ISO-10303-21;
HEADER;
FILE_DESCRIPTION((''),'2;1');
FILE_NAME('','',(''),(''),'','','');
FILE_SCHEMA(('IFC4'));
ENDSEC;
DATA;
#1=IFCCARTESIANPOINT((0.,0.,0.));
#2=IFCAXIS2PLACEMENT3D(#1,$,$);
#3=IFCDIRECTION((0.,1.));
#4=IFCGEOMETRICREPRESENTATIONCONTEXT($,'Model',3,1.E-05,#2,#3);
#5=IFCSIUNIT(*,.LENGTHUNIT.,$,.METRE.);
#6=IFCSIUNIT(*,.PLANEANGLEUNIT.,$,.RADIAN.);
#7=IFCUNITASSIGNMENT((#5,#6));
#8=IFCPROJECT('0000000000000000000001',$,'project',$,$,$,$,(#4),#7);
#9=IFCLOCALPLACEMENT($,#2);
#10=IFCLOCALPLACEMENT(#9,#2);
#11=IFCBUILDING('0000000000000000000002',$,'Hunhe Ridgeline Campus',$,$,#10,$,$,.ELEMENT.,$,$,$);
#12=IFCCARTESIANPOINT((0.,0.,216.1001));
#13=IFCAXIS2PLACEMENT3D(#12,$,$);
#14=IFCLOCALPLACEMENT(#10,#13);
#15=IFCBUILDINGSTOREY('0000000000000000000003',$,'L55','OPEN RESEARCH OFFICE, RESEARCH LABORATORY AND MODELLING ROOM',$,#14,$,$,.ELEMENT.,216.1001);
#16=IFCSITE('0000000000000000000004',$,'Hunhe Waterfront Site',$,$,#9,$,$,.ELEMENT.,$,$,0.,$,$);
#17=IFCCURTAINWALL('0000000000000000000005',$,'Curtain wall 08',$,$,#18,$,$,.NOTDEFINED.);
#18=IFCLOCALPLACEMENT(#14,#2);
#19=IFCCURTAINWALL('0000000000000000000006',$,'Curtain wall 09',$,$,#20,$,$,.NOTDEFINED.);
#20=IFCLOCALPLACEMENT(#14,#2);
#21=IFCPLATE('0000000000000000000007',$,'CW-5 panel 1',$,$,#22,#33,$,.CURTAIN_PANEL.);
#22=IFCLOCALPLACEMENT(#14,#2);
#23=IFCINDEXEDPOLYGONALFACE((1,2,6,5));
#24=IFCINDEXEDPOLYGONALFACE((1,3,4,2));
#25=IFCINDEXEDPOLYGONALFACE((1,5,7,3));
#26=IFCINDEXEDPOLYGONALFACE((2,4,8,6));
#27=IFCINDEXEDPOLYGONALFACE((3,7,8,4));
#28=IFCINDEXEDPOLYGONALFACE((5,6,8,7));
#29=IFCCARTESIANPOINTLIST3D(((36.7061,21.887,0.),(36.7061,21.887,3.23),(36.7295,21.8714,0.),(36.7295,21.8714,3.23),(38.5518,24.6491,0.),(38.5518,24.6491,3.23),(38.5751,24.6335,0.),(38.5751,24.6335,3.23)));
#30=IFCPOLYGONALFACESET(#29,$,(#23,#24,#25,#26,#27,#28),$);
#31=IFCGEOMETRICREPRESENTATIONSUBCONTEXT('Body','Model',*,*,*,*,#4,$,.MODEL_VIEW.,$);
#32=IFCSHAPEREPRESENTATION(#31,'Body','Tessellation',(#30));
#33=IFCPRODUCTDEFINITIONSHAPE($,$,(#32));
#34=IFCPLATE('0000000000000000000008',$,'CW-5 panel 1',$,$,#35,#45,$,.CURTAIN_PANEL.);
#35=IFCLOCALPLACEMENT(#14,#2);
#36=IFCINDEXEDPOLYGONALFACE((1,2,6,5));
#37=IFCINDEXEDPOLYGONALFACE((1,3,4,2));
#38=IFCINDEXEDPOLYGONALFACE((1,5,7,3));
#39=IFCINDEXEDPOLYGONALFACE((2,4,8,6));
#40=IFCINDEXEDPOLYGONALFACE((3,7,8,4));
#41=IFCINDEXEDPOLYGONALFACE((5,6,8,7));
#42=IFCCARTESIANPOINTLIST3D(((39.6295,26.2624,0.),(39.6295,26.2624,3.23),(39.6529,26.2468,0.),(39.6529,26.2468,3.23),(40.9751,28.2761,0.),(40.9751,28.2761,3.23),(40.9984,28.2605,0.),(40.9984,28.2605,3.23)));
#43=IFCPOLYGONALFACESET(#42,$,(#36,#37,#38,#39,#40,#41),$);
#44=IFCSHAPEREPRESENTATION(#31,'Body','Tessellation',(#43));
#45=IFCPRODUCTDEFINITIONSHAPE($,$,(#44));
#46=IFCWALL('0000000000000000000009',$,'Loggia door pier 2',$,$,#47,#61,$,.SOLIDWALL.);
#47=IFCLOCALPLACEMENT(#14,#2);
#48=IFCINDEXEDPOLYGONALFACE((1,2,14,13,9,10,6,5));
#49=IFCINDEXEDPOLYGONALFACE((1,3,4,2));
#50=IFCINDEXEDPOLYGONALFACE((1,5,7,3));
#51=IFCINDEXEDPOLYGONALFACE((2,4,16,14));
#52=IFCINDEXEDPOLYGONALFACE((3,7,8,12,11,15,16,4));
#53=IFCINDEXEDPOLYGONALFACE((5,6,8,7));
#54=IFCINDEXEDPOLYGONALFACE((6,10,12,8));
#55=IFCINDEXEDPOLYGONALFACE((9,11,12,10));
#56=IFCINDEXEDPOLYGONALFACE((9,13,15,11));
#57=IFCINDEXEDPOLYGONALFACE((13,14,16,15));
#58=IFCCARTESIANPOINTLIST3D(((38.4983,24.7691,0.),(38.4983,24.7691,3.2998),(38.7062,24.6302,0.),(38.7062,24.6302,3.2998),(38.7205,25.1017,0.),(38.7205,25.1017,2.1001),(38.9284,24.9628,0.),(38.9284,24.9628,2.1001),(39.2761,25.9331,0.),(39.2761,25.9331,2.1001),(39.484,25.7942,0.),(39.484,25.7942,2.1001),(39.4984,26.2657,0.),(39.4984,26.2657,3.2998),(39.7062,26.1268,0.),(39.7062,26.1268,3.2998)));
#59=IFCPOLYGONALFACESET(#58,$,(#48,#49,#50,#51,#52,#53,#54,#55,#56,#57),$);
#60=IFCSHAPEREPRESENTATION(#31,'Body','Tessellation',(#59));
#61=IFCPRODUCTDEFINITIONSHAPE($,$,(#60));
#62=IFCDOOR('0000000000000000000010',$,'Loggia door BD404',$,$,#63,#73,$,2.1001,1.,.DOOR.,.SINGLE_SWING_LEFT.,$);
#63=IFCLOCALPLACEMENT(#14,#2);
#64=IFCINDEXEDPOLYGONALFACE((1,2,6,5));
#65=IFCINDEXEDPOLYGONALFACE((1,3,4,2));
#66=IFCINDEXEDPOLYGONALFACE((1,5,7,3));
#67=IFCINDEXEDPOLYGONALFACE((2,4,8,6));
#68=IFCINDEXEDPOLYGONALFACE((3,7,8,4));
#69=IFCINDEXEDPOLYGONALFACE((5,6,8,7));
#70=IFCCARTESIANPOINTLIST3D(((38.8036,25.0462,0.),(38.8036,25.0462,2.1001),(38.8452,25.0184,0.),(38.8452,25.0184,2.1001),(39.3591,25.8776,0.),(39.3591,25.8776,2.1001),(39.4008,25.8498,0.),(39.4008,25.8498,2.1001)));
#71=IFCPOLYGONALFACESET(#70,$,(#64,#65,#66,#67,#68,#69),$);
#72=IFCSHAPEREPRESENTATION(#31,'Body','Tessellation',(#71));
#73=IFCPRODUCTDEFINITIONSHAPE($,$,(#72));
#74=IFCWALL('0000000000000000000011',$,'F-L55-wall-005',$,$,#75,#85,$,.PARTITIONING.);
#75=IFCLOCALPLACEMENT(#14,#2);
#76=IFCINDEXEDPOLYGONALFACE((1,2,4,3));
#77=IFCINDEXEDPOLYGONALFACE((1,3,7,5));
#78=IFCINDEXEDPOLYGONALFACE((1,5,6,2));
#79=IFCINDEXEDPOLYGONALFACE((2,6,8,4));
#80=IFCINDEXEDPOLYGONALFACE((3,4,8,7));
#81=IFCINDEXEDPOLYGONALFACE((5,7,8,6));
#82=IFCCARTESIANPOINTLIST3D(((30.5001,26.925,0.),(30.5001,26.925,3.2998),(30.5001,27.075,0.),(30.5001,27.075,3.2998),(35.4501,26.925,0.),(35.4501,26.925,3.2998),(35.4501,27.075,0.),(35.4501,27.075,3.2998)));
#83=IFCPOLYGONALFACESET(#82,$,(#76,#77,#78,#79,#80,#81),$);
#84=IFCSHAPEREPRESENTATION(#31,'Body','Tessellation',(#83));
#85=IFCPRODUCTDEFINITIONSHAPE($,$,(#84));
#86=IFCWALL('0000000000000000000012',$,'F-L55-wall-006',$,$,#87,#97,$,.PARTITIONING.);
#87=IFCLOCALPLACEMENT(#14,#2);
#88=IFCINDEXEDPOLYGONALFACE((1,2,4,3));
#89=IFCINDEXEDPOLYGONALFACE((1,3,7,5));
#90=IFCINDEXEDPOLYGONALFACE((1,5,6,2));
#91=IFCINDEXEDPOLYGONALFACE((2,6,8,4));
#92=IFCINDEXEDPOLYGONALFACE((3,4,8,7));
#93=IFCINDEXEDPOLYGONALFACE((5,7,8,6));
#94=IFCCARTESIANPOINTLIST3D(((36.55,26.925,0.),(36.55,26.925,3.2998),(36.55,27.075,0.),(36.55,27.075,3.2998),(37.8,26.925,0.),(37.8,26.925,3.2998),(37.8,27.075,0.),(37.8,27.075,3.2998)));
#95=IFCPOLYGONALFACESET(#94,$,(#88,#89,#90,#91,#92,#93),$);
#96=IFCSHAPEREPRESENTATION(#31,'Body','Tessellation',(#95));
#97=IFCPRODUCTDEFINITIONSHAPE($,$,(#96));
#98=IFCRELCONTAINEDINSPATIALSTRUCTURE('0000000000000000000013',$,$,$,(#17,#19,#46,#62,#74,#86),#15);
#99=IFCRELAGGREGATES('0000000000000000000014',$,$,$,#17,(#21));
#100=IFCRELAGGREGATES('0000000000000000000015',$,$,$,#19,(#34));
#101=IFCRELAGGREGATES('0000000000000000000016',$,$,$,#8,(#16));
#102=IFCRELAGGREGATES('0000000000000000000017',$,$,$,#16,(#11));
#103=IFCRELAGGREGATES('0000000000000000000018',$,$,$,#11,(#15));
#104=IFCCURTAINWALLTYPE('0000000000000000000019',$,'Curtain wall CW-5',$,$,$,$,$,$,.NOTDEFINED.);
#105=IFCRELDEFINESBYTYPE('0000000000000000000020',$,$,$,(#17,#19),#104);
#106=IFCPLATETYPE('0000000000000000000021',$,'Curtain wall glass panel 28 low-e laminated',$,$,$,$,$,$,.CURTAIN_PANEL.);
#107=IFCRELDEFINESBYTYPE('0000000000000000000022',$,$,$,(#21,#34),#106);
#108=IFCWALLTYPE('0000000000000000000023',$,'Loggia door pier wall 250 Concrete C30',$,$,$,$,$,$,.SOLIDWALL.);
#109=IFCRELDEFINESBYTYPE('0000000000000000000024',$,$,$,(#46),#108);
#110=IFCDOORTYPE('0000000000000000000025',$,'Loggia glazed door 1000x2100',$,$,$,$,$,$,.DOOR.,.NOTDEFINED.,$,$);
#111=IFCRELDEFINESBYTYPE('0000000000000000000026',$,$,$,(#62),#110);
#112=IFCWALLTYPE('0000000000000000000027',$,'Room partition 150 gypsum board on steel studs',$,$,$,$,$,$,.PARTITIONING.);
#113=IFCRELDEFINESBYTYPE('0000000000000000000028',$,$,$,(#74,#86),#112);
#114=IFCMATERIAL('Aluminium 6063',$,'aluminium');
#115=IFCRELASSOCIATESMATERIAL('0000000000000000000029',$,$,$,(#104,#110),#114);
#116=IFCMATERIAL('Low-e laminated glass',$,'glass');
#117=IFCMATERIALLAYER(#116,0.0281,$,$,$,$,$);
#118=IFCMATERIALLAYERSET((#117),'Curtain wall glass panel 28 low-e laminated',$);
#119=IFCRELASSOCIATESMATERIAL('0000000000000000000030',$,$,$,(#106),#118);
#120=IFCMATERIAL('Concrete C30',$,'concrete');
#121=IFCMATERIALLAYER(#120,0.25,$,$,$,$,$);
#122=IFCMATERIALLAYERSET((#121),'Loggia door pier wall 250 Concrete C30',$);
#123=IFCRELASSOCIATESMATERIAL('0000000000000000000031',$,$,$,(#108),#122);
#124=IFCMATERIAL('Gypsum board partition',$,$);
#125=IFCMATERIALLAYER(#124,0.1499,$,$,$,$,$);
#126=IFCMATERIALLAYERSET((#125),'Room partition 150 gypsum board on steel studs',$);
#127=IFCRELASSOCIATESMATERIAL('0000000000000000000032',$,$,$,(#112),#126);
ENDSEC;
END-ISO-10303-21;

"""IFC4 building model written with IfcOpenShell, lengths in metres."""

from ifc_helpers import new_model, si_unit, direction, frame, frame_2d, origin, origin_2d, place, context, subcontext, project, spatial, rectangle, extrude, material, layer, layer_set, type_object, element, fill, aggregate, save


model = new_model("IFC4")

# Units and contexts
model_context = context("Model", 3, precision=1e-05, world=origin(), true_north=direction((0.0, 1.0)))
body_context = subcontext(model_context, "Body", "Model", "MODEL_VIEW")
ifc_project = project(units=[si_unit("LENGTHUNIT", "METRE"), si_unit("PLANEANGLEUNIT", "RADIAN")], contexts=[model_context])

# Site, building, storey
site_placement = place(None, origin())
site = spatial("IfcSite", under=ifc_project, at=site_placement, Name="Hunhe Waterfront Site", CompositionType="ELEMENT", RefElevation=0.0)
building_placement = place(site_placement, origin())
building = spatial("IfcBuilding", under=site, at=building_placement, Name="Hunhe Ridgeline Campus", CompositionType="ELEMENT")
storey_placement = place(building_placement, frame((0.0, 0.0, 216.1001)))
storey = spatial("IfcBuildingStorey", under=building, at=storey_placement, Name="L55", Description="OPEN RESEARCH OFFICE, RESEARCH LABORATORY AND MODELLING ROOM", CompositionType="ELEMENT", Elevation=216.1001)

# Curtain wall
ifc_material_1 = material(Name="Aluminium 6063", Category="aluminium")
curtain_wall_type = type_object("IfcCurtainWallType", Name="Curtain wall CW-5", PredefinedType="NOTDEFINED", material=ifc_material_1)
curtain_wall_1_placement = place(storey_placement, origin())
curtain_wall_1 = element("IfcCurtainWall", 1, at=curtain_wall_1_placement, inside=storey, type_object=curtain_wall_type, Name="Curtain wall 08", PredefinedType="NOTDEFINED")

# Curtain wall
curtain_wall_2_placement = place(storey_placement, origin())
curtain_wall_2 = element("IfcCurtainWall", 2, at=curtain_wall_2_placement, inside=storey, type_object=curtain_wall_type, Name="Curtain wall 09", PredefinedType="NOTDEFINED")

# Plates
ifc_material_2 = material(Name="Low-e laminated glass", Category="glass")
ifc_layer_1 = layer(ifc_material_2, 0.0281)
ifc_layer_set_1 = layer_set([ifc_layer_1], Name="Curtain wall glass panel 28 low-e laminated")
plate_type = type_object("IfcPlateType", Name="Curtain wall glass panel 28 low-e laminated", PredefinedType="CURTAIN_PANEL", material=ifc_layer_set_1)
plate_1_placement = place(storey_placement, frame((37.6406, 23.2603, 0.0), z_axis=(0.0, 0.0, 1.0), x_axis=(0.55557, 0.83147, 0.0)))
plate_1 = element("IfcPlate", 3, at=plate_1_placement, type_object=plate_type, Name="CW-5 panel 1", PredefinedType="CURTAIN_PANEL", context=body_context, shape_type="SweptSolid", body=[
    extrude(rectangle(XDim=3.322, YDim=0.0281, at=origin_2d()), origin(), (0.0, 0.0, 1.0), 3.23),
])
aggregate(curtain_wall_1, [plate_1])
plate_2_placement = place(storey_placement, frame((40.314, 27.2615, 0.0), z_axis=(0.0, 0.0, 1.0), x_axis=(0.55557, 0.83147, 0.0)))
plate_2 = element("IfcPlate", 4, at=plate_2_placement, type_object=plate_type, Name="CW-5 panel 1", PredefinedType="CURTAIN_PANEL", context=body_context, shape_type="SweptSolid", body=[
    extrude(rectangle(XDim=2.4219, YDim=0.0281, at=origin_2d()), origin(), (0.0, 0.0, 1.0), 3.23),
])
aggregate(curtain_wall_2, [plate_2])

# Shared definitions
ifc_material_3 = material(Name="Gypsum board partition")

# Wall, opening, door
ifc_material_4 = material(Name="Concrete C30", Category="concrete")
ifc_layer_2 = layer(ifc_material_4, 0.25)
ifc_layer_set_2 = layer_set([ifc_layer_2], Name="Loggia door pier wall 250 Concrete C30")
wall_type_1 = type_object("IfcWallType", Name="Loggia door pier wall 250 Concrete C30", PredefinedType="SOLIDWALL", material=ifc_layer_set_2)
wall_1_placement = place(storey_placement, frame((38.6023, 24.6997, 0.0), z_axis=(0.0, 0.0, 1.0), x_axis=(0.555576, 0.831466, 0.0)))
wall_1 = element("IfcWall", 5, at=wall_1_placement, inside=storey, type_object=wall_type_1, Name="Loggia door pier 2", PredefinedType="SOLIDWALL", context=body_context, shape_type="SweptSolid", body=[
    extrude(rectangle(XDim=1.8, YDim=0.25, at=frame_2d((0.8999, 0.0))), origin(), (0.0, 0.0, 1.0), 3.2998),
])
opening_1_placement = place(wall_1_placement, frame((0.3999, 0.0, 0.0)))
opening_1 = element("IfcOpeningElement", 6, at=opening_1_placement, cuts=wall_1, PredefinedType="OPENING", context=body_context, shape_type="SweptSolid", body=[
    extrude(rectangle(XDim=1.0, YDim=2.1001, at=frame_2d((0.5, 1.05))), frame((0.0, 0.125, 0.0), z_axis=(0.0, -1.0, 0.0), x_axis=(1.0, 0.0, 0.0)), (0.0, 0.0, 1.0), 0.25),
])
door_type_1 = type_object("IfcDoorType", Name="Loggia glazed door 1000x2100", OperationType="NOTDEFINED", PredefinedType="DOOR", material=ifc_material_1)
door_1_placement = place(opening_1_placement, frame((1.0, 0.0, 0.0), z_axis=(0.0, 0.0, 1.0), x_axis=(-1.0, 0.0, 0.0)))
door_1 = element("IfcDoor", 7, at=door_1_placement, inside=storey, type_object=door_type_1, Name="Loggia door BD404", OperationType="SINGLE_SWING_LEFT", OverallHeight=2.1001, OverallWidth=1.0, PredefinedType="DOOR", context=body_context, shape_type="SweptSolid", body=[
    extrude(rectangle(XDim=1.0, YDim=2.1001, at=frame_2d((0.5, 1.05))), frame((0.0, 0.0249, 0.0), z_axis=(0.0, -1.0, 0.0), x_axis=(1.0, 0.0, 0.0)), (0.0, 0.0, 1.0), 0.05),
])
fill(opening_1, door_1)

# Walls
ifc_layer_3 = layer(ifc_material_3, 0.1499)
ifc_layer_set_3 = layer_set([ifc_layer_3], Name="Room partition 150 gypsum board on steel studs")
wall_type_2 = type_object("IfcWallType", Name="Room partition 150 gypsum board on steel studs", PredefinedType="PARTITIONING", material=ifc_layer_set_3)
wall_2_placement = place(storey_placement, frame((30.5, 27.0, 0.0), z_axis=(0.0, 0.0, 1.0), x_axis=(1.0, 0.0, 0.0)))
element("IfcWall", 8, at=wall_2_placement, inside=storey, type_object=wall_type_2, Name="F-L55-wall-005", PredefinedType="PARTITIONING", context=body_context, shape_type="SweptSolid", body=[
    extrude(rectangle(XDim=4.95, YDim=0.1499, at=frame_2d((2.4751, 0.0))), origin(), (0.0, 0.0, 1.0), 3.2998),
])
wall_3_placement = place(storey_placement, frame((36.55, 27.0, 0.0), z_axis=(0.0, 0.0, 1.0), x_axis=(1.0, 0.0, 0.0)))
element("IfcWall", 9, at=wall_3_placement, inside=storey, type_object=wall_type_2, Name="F-L55-wall-006", PredefinedType="PARTITIONING", context=body_context, shape_type="SweptSolid", body=[
    extrude(rectangle(XDim=1.25, YDim=0.1499, at=frame_2d((0.625, 0.0))), origin(), (0.0, 0.0, 1.0), 3.2998),
])

save(model, "model.ifc")
